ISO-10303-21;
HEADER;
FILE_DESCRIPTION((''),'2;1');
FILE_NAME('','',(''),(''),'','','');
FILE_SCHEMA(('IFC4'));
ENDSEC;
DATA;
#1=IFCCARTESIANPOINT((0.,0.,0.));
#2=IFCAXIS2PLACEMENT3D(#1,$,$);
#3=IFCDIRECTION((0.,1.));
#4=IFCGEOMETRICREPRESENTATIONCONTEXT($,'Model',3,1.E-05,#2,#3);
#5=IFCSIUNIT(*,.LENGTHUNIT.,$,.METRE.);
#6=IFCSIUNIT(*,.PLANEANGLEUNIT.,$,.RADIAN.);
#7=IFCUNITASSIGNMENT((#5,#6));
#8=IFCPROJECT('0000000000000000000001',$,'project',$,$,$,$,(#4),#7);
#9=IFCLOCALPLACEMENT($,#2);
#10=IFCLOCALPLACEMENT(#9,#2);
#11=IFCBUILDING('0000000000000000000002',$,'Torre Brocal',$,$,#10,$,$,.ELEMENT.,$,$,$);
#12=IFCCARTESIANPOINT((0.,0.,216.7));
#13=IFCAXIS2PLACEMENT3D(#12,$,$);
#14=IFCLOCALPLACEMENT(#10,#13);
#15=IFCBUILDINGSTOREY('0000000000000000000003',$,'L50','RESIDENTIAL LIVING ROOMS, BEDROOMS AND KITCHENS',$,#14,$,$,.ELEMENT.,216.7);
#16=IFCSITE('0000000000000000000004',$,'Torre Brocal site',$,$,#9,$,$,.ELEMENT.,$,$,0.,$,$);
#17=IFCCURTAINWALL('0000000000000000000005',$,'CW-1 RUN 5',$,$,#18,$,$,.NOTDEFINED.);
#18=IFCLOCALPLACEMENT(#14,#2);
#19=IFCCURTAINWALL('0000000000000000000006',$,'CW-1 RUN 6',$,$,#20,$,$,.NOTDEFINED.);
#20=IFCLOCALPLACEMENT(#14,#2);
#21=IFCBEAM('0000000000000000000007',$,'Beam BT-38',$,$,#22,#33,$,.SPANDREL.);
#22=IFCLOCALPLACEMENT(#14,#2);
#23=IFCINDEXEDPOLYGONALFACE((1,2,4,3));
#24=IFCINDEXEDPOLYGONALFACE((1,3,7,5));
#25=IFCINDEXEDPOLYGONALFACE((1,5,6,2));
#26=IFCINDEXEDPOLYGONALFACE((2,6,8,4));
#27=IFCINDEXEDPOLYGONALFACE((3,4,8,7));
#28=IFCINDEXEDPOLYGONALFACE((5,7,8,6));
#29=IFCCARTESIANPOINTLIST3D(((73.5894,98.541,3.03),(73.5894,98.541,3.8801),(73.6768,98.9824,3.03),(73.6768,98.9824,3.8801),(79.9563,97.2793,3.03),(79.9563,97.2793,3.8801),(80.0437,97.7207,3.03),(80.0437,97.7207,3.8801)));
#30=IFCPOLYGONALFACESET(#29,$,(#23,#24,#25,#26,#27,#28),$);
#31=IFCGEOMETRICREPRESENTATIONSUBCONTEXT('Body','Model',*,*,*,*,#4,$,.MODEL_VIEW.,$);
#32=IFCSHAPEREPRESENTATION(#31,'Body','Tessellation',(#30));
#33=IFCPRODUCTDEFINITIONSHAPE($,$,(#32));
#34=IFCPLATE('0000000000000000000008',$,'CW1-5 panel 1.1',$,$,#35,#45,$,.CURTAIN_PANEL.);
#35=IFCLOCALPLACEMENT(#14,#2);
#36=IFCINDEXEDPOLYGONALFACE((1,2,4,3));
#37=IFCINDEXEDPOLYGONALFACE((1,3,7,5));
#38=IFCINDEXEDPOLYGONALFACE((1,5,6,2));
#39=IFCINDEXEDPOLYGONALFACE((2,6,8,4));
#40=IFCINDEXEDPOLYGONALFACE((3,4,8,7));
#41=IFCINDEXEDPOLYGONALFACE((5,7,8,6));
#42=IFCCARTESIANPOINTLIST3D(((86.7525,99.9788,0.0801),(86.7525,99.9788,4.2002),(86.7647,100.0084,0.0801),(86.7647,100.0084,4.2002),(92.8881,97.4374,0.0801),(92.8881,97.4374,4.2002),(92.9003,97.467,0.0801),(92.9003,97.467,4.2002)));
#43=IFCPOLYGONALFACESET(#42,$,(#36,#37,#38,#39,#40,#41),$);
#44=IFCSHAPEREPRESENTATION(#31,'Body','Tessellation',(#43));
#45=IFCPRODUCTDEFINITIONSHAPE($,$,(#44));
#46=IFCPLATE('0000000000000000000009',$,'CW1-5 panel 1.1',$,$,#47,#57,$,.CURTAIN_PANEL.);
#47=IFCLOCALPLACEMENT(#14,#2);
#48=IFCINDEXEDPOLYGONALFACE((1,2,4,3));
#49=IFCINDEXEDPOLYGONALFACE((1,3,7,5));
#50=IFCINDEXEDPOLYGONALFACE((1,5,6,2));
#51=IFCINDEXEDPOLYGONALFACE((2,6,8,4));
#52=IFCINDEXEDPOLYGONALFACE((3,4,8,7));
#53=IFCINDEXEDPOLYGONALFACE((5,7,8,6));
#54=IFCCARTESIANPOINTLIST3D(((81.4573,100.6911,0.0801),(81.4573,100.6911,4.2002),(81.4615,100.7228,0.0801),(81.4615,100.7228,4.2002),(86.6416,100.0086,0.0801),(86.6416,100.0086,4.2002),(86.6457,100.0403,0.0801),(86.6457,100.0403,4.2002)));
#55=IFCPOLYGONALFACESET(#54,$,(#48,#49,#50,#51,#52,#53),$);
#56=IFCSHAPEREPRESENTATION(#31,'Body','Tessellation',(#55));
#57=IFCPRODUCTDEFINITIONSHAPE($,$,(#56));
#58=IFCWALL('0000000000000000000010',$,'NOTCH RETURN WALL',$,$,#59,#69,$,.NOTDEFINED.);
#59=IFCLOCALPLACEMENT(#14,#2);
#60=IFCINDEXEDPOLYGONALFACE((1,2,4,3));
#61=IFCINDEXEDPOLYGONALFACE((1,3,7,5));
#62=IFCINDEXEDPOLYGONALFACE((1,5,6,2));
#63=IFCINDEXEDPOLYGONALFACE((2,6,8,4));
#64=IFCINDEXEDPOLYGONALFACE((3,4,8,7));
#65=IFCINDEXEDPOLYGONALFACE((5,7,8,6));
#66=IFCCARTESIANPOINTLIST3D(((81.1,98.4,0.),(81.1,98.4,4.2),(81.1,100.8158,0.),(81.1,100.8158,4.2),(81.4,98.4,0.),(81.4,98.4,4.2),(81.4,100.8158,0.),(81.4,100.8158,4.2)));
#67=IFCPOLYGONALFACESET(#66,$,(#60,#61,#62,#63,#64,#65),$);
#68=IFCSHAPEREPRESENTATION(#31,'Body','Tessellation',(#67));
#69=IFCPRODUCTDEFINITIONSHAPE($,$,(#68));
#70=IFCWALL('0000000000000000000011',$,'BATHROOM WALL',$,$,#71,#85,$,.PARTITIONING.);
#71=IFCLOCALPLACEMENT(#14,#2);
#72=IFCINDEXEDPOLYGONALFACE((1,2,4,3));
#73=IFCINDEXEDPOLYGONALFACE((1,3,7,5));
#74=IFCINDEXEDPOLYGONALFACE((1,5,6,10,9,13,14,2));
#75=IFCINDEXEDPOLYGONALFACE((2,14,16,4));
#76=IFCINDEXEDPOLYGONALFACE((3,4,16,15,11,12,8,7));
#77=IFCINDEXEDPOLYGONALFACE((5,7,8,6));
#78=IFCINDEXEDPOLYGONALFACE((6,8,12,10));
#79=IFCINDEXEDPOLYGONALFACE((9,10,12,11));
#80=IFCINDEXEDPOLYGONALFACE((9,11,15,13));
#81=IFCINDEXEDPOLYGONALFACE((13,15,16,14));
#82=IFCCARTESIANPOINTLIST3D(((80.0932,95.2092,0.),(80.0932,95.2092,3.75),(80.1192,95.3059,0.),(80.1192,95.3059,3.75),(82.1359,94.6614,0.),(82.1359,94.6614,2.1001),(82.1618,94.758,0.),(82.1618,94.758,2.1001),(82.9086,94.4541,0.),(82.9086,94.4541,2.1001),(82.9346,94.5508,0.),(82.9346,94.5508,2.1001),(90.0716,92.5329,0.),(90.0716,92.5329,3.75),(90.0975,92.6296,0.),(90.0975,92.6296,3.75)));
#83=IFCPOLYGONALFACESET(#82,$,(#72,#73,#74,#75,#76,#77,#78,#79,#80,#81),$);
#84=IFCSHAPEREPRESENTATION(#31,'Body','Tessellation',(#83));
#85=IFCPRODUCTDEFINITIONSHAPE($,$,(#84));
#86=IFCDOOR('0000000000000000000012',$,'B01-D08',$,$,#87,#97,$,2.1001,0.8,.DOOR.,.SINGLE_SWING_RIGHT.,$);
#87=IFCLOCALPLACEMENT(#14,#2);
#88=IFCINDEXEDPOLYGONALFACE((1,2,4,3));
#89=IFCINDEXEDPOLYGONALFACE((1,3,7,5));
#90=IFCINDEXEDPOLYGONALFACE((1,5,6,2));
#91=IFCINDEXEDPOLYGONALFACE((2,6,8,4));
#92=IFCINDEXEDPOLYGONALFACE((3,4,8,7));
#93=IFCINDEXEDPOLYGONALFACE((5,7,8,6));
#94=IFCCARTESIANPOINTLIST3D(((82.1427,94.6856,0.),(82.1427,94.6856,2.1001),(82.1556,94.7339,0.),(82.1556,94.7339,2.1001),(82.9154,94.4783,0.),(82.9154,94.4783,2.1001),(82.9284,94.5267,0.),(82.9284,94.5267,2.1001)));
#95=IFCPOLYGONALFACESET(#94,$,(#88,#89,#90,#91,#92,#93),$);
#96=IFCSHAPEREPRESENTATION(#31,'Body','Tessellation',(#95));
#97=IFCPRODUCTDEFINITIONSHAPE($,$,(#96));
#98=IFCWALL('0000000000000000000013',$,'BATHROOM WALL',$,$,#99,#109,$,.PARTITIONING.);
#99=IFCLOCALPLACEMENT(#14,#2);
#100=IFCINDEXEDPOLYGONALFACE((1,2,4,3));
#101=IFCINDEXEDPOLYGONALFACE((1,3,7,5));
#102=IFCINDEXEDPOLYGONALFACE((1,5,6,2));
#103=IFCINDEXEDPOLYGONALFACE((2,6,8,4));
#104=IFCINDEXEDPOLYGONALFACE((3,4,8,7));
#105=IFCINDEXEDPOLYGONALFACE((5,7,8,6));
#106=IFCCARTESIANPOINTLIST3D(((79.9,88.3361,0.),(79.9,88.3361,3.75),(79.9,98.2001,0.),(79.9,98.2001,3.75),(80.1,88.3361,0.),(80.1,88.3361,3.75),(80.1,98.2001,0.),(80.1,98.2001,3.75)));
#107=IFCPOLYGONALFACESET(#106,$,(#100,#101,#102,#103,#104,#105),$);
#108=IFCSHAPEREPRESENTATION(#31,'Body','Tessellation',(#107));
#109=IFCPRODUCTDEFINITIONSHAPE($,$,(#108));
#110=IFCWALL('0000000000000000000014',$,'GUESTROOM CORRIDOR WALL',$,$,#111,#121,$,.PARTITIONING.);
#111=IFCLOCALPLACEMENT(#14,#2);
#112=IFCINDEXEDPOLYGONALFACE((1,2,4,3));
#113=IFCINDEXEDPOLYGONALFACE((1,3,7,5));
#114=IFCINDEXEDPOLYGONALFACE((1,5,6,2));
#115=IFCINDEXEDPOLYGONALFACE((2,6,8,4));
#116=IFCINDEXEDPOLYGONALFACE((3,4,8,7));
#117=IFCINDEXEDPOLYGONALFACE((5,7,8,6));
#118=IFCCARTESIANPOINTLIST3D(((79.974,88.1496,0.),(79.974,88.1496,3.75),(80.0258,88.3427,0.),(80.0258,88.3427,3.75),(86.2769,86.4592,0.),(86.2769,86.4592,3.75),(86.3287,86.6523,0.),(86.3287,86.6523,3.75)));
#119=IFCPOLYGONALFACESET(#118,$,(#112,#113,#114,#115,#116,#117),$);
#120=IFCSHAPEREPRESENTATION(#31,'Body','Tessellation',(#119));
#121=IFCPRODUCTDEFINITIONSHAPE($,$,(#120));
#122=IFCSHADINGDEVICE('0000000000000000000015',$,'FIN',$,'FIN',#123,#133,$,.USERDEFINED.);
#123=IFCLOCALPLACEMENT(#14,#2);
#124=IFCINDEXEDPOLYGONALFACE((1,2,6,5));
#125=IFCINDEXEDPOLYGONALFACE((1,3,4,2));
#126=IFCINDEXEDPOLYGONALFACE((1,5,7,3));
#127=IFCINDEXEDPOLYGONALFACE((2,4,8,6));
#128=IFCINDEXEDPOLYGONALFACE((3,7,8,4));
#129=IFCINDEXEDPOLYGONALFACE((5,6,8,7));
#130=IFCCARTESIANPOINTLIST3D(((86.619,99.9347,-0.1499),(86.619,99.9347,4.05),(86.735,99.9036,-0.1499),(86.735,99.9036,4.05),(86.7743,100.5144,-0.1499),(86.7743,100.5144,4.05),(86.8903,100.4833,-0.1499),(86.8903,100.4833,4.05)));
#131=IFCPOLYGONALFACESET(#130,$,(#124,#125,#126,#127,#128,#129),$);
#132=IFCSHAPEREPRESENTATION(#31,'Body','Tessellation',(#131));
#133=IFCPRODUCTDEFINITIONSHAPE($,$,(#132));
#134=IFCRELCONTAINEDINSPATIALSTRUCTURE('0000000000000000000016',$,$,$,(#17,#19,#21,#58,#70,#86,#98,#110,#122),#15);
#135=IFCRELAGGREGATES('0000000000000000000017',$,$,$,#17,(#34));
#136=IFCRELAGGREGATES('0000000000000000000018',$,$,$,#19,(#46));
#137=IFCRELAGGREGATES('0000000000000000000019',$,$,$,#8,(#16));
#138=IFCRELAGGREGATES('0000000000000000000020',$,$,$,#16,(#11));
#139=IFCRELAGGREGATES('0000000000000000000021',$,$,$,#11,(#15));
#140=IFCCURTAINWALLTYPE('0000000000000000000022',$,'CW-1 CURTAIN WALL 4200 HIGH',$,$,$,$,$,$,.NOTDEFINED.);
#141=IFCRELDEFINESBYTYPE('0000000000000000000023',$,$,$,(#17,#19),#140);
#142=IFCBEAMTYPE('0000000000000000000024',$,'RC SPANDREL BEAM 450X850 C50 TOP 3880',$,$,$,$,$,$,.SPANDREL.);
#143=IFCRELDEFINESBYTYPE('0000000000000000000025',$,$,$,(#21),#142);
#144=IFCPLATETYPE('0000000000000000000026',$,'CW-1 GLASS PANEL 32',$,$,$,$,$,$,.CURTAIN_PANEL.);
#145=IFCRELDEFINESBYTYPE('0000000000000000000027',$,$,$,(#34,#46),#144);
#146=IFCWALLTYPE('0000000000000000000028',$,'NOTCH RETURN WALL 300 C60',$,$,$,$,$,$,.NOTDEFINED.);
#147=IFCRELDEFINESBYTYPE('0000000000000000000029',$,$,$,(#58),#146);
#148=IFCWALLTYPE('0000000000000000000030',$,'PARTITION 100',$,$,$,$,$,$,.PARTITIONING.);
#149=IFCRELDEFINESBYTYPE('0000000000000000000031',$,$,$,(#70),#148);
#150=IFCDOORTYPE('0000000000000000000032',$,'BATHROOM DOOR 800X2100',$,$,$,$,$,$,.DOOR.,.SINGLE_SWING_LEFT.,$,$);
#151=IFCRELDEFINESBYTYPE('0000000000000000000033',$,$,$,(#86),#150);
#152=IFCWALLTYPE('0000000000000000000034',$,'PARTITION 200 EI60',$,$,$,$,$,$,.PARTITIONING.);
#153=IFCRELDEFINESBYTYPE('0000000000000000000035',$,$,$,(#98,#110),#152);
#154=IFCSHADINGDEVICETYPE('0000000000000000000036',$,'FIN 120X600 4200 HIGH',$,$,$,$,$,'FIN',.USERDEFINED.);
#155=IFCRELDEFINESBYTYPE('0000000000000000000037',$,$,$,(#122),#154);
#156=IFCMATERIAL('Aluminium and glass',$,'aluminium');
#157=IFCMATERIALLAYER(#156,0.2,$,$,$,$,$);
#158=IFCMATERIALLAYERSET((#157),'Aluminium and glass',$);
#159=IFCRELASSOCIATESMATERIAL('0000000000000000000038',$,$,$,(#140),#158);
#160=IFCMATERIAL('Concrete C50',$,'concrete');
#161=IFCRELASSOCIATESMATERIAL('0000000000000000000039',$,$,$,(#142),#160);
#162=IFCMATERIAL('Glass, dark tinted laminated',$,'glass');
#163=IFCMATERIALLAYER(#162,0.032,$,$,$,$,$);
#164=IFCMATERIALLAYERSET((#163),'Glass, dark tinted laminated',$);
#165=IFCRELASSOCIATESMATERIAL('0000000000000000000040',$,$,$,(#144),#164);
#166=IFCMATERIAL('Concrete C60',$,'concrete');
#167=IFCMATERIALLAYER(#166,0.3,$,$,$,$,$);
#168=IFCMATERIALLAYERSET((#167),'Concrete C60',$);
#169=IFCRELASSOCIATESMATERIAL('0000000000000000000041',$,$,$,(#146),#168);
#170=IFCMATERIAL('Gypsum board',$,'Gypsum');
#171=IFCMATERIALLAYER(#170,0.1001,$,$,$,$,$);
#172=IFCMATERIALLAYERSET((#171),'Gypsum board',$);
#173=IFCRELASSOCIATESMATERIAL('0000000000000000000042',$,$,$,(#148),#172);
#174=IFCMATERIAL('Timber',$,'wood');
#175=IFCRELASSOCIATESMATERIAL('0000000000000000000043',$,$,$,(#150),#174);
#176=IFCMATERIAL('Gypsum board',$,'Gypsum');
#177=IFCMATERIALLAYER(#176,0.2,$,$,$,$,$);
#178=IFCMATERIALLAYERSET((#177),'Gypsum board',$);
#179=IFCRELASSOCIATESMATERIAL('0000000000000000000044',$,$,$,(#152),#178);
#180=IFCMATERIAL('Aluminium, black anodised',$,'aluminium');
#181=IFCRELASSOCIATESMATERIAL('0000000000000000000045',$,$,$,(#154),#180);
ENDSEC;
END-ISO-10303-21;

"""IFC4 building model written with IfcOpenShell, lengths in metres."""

from ifc_helpers import new_model, si_unit, direction, frame, frame_2d, origin, origin_2d, place, context, subcontext, project, spatial, rectangle, extrude, material, layer, layer_set, material_profile, profile_set, type_object, element, fill, aggregate, save


model = new_model("IFC4")

# Units and contexts
model_context = context("Model", 3, precision=1e-05, world=origin(), true_north=direction((0.0, 1.0)))
body_context = subcontext(model_context, "Body", "Model", "MODEL_VIEW")
ifc_project = project(units=[si_unit("LENGTHUNIT", "METRE"), si_unit("PLANEANGLEUNIT", "RADIAN")], contexts=[model_context])

# Site, building, storey
site_placement = place(None, origin())
site = spatial("IfcSite", under=ifc_project, at=site_placement, Name="Torre Brocal site", CompositionType="ELEMENT", RefElevation=0.0)
building_placement = place(site_placement, origin())
building = spatial("IfcBuilding", under=site, at=building_placement, Name="Torre Brocal", CompositionType="ELEMENT")
storey_placement = place(building_placement, frame((0.0, 0.0, 216.7)))
storey = spatial("IfcBuildingStorey", under=building, at=storey_placement, Name="L50", Description="RESIDENTIAL LIVING ROOMS, BEDROOMS AND KITCHENS", CompositionType="ELEMENT", Elevation=216.7)

# Curtain wall
ifc_material_1 = material(Name="Aluminium and glass", Category="aluminium")
ifc_layer_1 = layer(ifc_material_1, 0.2)
ifc_layer_set_1 = layer_set([ifc_layer_1], Name="Aluminium and glass")
curtain_wall_type = type_object("IfcCurtainWallType", Name="CW-1 CURTAIN WALL 4200 HIGH", PredefinedType="NOTDEFINED", material=ifc_layer_set_1)
curtain_wall_1_placement = place(storey_placement, origin())
curtain_wall_1 = element("IfcCurtainWall", 1, at=curtain_wall_1_placement, inside=storey, type_object=curtain_wall_type, Name="CW-1 RUN 5", PredefinedType="NOTDEFINED")

# Curtain wall
curtain_wall_2_placement = place(storey_placement, origin())
curtain_wall_2 = element("IfcCurtainWall", 2, at=curtain_wall_2_placement, inside=storey, type_object=curtain_wall_type, Name="CW-1 RUN 6", PredefinedType="NOTDEFINED")

# Beam
ifc_material_2 = material(Name="Concrete C50", Category="concrete")
ifc_material_profile_1 = material_profile(ifc_material_2, rectangle(XDim=0.45, YDim=0.8501, at=origin_2d()), Name="RC 450X850")
ifc_profile_set_1 = profile_set([ifc_material_profile_1], Name="Concrete C50")
beam_type_1 = type_object("IfcBeamType", Name="RC SPANDREL BEAM 450X850 C50 TOP 3880", PredefinedType="SPANDREL", material=ifc_profile_set_1)
for number, where, z_axis, x_axis, name in (
    (3, (80.0, 97.5, 3.4551), (-0.980925, 0.194387, 0.0), (-0.194387, -0.980925, 0.0), "Beam BT-38"),
):
    element("IfcBeam", number, at=place(storey_placement, frame(where, z_axis=z_axis, x_axis=x_axis)), inside=storey, type_object=beam_type_1, Name=name, PredefinedType="SPANDREL", context=body_context, shape_type="SweptSolid", body=[
        extrude(rectangle(XDim=0.45, YDim=0.8501, at=origin_2d()), origin(), (0.0, 0.0, 1.0), 6.4907),
    ])

# Plates
ifc_material_3 = material(Name="Glass, dark tinted laminated", Category="glass")
ifc_layer_2 = layer(ifc_material_3, 0.032)
ifc_layer_set_2 = layer_set([ifc_layer_2], Name="Glass, dark tinted laminated")
plate_type = type_object("IfcPlateType", Name="CW-1 GLASS PANEL 32", PredefinedType="CURTAIN_PANEL", material=ifc_layer_set_2)
plate_1_placement = place(storey_placement, frame((89.8264, 98.7229, 0.0801), z_axis=(0.0, 0.0, 1.0), x_axis=(-0.92388, 0.382683, 0.0)))
plate_1 = element("IfcPlate", 4, at=plate_1_placement, type_object=plate_type, Name="CW1-5 panel 1.1", PredefinedType="CURTAIN_PANEL", context=body_context, shape_type="SweptSolid", body=[
    extrude(rectangle(XDim=6.6411, YDim=0.032, at=origin_2d()), origin(), (0.0, 0.0, 1.0), 4.1201),
])
aggregate(curtain_wall_1, [plate_1])
plate_2_placement = place(storey_placement, frame((84.0515, 100.3657, 0.0801), z_axis=(0.0, 0.0, 1.0), x_axis=(-0.991445, 0.130526, 0.0)))
plate_2 = element("IfcPlate", 5, at=plate_2_placement, type_object=plate_type, Name="CW1-5 panel 1.1", PredefinedType="CURTAIN_PANEL", context=body_context, shape_type="SweptSolid", body=[
    extrude(rectangle(XDim=5.229, YDim=0.032, at=origin_2d()), origin(), (0.0, 0.0, 1.0), 4.1201),
])
aggregate(curtain_wall_2, [plate_2])

# Wall
ifc_material_4 = material(Name="Concrete C60", Category="concrete")
ifc_layer_3 = layer(ifc_material_4, 0.3)
ifc_layer_set_3 = layer_set([ifc_layer_3], Name="Concrete C60")
wall_type_1 = type_object("IfcWallType", Name="NOTCH RETURN WALL 300 C60", PredefinedType="NOTDEFINED", material=ifc_layer_set_3)
wall_1_placement = place(storey_placement, frame((81.25, 98.3999, 0.0), z_axis=(0.0, 0.0, 1.0), x_axis=(0.0, 1.0, 0.0)))
element("IfcWall", 6, at=wall_1_placement, inside=storey, type_object=wall_type_1, Name="NOTCH RETURN WALL", PredefinedType="NOTDEFINED", context=body_context, shape_type="SweptSolid", body=[
    extrude(rectangle(XDim=2.4158, YDim=0.3, at=frame_2d((1.208, 0.0))), origin(), (0.0, 0.0, 1.0), 4.2),
])

# Wall, opening, door
ifc_material_5 = material(Name="Gypsum board", Category="Gypsum")
ifc_layer_4 = layer(ifc_material_5, 0.1001)
ifc_layer_set_4 = layer_set([ifc_layer_4], Name="Gypsum board")
wall_type_2 = type_object("IfcWallType", Name="PARTITION 100", PredefinedType="PARTITIONING", material=ifc_layer_set_4)
wall_2_placement = place(storey_placement, frame((80.1062, 95.2576, 0.0), z_axis=(0.0, 0.0, 1.0), x_axis=(0.965863, -0.259054, 0.0)))
wall_2 = element("IfcWall", 7, at=wall_2_placement, inside=storey, type_object=wall_type_2, Name="BATHROOM WALL", PredefinedType="PARTITIONING", context=body_context, shape_type="SweptSolid", body=[
    extrude(rectangle(XDim=10.3311, YDim=0.1001, at=frame_2d((5.1655, 0.0))), origin(), (0.0, 0.0, 1.0), 3.75),
])
opening_placement = place(wall_2_placement, frame((2.115, 0.0, 0.0)))
opening = element("IfcOpeningElement", 8, at=opening_placement, cuts=wall_2, PredefinedType="OPENING", context=body_context, shape_type="SweptSolid", body=[
    extrude(rectangle(XDim=0.8, YDim=2.1001, at=frame_2d((0.3999, 1.05))), frame((0.0, 0.0601, 0.0), z_axis=(0.0, -1.0, 0.0), x_axis=(1.0, 0.0, 0.0)), (0.0, 0.0, 1.0), 0.1201),
])
ifc_material_6 = material(Name="Timber", Category="wood")
door_type = type_object("IfcDoorType", Name="BATHROOM DOOR 800X2100", OperationType="SINGLE_SWING_LEFT", PredefinedType="DOOR", material=ifc_material_6)
door_placement = place(opening_placement, frame((0.8, 0.0, 0.0), z_axis=(0.0, 0.0, 1.0), x_axis=(-1.0, 0.0, 0.0)))
door = element("IfcDoor", 9, at=door_placement, inside=storey, type_object=door_type, Name="B01-D08", OperationType="SINGLE_SWING_RIGHT", OverallHeight=2.1001, OverallWidth=0.8, PredefinedType="DOOR", context=body_context, shape_type="SweptSolid", body=[
    extrude(rectangle(XDim=0.8, YDim=2.1001, at=frame_2d((0.3999, 1.05))), frame((0.0, 0.0249, 0.0), z_axis=(0.0, -1.0, 0.0), x_axis=(1.0, 0.0, 0.0)), (0.0, 0.0, 1.0), 0.05),
])
fill(opening, door)

# Walls
ifc_material_7 = material(Name="Gypsum board", Category="Gypsum")
ifc_layer_5 = layer(ifc_material_7, 0.2)
ifc_layer_set_5 = layer_set([ifc_layer_5], Name="Gypsum board")
wall_type_3 = type_object("IfcWallType", Name="PARTITION 200 EI60", PredefinedType="PARTITIONING", material=ifc_layer_set_5)
wall_3_placement = place(storey_placement, frame((80.0, 88.3359, 0.0), z_axis=(0.0, 0.0, 1.0), x_axis=(0.0, 1.0, 0.0)))
element("IfcWall", 10, at=wall_3_placement, inside=storey, type_object=wall_type_3, Name="BATHROOM WALL", PredefinedType="PARTITIONING", context=body_context, shape_type="SweptSolid", body=[
    extrude(rectangle(XDim=9.864, YDim=0.2, at=frame_2d((4.9321, 0.0))), origin(), (0.0, 0.0, 1.0), 3.75),
])
wall_4_placement = place(storey_placement, frame((80.0, 88.2461, 0.0), z_axis=(0.0, 0.0, 1.0), x_axis=(0.965866, -0.259041, 0.0)))
element("IfcWall", 11, at=wall_4_placement, inside=storey, type_object=wall_type_3, Name="GUESTROOM CORRIDOR WALL", PredefinedType="PARTITIONING", context=body_context, shape_type="SweptSolid", body=[
    extrude(rectangle(XDim=6.5256, YDim=0.2, at=frame_2d((3.2627, 0.0))), origin(), (0.0, 0.0, 1.0), 3.75),
])

# Shading device
ifc_material_8 = material(Name="Aluminium, black anodised", Category="aluminium")
ifc_material_profile_2 = material_profile(ifc_material_8, rectangle(XDim=0.1201, YDim=0.6001, at=origin_2d()), Name="FIN 120X600 4200 HIGH")
ifc_profile_set_2 = profile_set([ifc_material_profile_2], Name="Aluminium, black anodised")
shading_device_type = type_object("IfcShadingDeviceType", Name="FIN 120X600 4200 HIGH", ElementType="FIN", PredefinedType="USERDEFINED", material=ifc_profile_set_2)
shading_device_placement = place(storey_placement, frame((86.7546, 100.209, -0.1499), z_axis=(0.0, 0.0, 1.0), x_axis=(-0.965926, 0.258819, 0.0)))
element("IfcShadingDevice", 12, at=shading_device_placement, inside=storey, type_object=shading_device_type, Name="FIN", ObjectType="FIN", PredefinedType="USERDEFINED", context=body_context, shape_type="SweptSolid", body=[
    extrude(rectangle(XDim=0.1201, YDim=0.6001, at=origin_2d()), origin(), (0.0, 0.0, 1.0), 4.2),
])

save(model, "model.ifc")
